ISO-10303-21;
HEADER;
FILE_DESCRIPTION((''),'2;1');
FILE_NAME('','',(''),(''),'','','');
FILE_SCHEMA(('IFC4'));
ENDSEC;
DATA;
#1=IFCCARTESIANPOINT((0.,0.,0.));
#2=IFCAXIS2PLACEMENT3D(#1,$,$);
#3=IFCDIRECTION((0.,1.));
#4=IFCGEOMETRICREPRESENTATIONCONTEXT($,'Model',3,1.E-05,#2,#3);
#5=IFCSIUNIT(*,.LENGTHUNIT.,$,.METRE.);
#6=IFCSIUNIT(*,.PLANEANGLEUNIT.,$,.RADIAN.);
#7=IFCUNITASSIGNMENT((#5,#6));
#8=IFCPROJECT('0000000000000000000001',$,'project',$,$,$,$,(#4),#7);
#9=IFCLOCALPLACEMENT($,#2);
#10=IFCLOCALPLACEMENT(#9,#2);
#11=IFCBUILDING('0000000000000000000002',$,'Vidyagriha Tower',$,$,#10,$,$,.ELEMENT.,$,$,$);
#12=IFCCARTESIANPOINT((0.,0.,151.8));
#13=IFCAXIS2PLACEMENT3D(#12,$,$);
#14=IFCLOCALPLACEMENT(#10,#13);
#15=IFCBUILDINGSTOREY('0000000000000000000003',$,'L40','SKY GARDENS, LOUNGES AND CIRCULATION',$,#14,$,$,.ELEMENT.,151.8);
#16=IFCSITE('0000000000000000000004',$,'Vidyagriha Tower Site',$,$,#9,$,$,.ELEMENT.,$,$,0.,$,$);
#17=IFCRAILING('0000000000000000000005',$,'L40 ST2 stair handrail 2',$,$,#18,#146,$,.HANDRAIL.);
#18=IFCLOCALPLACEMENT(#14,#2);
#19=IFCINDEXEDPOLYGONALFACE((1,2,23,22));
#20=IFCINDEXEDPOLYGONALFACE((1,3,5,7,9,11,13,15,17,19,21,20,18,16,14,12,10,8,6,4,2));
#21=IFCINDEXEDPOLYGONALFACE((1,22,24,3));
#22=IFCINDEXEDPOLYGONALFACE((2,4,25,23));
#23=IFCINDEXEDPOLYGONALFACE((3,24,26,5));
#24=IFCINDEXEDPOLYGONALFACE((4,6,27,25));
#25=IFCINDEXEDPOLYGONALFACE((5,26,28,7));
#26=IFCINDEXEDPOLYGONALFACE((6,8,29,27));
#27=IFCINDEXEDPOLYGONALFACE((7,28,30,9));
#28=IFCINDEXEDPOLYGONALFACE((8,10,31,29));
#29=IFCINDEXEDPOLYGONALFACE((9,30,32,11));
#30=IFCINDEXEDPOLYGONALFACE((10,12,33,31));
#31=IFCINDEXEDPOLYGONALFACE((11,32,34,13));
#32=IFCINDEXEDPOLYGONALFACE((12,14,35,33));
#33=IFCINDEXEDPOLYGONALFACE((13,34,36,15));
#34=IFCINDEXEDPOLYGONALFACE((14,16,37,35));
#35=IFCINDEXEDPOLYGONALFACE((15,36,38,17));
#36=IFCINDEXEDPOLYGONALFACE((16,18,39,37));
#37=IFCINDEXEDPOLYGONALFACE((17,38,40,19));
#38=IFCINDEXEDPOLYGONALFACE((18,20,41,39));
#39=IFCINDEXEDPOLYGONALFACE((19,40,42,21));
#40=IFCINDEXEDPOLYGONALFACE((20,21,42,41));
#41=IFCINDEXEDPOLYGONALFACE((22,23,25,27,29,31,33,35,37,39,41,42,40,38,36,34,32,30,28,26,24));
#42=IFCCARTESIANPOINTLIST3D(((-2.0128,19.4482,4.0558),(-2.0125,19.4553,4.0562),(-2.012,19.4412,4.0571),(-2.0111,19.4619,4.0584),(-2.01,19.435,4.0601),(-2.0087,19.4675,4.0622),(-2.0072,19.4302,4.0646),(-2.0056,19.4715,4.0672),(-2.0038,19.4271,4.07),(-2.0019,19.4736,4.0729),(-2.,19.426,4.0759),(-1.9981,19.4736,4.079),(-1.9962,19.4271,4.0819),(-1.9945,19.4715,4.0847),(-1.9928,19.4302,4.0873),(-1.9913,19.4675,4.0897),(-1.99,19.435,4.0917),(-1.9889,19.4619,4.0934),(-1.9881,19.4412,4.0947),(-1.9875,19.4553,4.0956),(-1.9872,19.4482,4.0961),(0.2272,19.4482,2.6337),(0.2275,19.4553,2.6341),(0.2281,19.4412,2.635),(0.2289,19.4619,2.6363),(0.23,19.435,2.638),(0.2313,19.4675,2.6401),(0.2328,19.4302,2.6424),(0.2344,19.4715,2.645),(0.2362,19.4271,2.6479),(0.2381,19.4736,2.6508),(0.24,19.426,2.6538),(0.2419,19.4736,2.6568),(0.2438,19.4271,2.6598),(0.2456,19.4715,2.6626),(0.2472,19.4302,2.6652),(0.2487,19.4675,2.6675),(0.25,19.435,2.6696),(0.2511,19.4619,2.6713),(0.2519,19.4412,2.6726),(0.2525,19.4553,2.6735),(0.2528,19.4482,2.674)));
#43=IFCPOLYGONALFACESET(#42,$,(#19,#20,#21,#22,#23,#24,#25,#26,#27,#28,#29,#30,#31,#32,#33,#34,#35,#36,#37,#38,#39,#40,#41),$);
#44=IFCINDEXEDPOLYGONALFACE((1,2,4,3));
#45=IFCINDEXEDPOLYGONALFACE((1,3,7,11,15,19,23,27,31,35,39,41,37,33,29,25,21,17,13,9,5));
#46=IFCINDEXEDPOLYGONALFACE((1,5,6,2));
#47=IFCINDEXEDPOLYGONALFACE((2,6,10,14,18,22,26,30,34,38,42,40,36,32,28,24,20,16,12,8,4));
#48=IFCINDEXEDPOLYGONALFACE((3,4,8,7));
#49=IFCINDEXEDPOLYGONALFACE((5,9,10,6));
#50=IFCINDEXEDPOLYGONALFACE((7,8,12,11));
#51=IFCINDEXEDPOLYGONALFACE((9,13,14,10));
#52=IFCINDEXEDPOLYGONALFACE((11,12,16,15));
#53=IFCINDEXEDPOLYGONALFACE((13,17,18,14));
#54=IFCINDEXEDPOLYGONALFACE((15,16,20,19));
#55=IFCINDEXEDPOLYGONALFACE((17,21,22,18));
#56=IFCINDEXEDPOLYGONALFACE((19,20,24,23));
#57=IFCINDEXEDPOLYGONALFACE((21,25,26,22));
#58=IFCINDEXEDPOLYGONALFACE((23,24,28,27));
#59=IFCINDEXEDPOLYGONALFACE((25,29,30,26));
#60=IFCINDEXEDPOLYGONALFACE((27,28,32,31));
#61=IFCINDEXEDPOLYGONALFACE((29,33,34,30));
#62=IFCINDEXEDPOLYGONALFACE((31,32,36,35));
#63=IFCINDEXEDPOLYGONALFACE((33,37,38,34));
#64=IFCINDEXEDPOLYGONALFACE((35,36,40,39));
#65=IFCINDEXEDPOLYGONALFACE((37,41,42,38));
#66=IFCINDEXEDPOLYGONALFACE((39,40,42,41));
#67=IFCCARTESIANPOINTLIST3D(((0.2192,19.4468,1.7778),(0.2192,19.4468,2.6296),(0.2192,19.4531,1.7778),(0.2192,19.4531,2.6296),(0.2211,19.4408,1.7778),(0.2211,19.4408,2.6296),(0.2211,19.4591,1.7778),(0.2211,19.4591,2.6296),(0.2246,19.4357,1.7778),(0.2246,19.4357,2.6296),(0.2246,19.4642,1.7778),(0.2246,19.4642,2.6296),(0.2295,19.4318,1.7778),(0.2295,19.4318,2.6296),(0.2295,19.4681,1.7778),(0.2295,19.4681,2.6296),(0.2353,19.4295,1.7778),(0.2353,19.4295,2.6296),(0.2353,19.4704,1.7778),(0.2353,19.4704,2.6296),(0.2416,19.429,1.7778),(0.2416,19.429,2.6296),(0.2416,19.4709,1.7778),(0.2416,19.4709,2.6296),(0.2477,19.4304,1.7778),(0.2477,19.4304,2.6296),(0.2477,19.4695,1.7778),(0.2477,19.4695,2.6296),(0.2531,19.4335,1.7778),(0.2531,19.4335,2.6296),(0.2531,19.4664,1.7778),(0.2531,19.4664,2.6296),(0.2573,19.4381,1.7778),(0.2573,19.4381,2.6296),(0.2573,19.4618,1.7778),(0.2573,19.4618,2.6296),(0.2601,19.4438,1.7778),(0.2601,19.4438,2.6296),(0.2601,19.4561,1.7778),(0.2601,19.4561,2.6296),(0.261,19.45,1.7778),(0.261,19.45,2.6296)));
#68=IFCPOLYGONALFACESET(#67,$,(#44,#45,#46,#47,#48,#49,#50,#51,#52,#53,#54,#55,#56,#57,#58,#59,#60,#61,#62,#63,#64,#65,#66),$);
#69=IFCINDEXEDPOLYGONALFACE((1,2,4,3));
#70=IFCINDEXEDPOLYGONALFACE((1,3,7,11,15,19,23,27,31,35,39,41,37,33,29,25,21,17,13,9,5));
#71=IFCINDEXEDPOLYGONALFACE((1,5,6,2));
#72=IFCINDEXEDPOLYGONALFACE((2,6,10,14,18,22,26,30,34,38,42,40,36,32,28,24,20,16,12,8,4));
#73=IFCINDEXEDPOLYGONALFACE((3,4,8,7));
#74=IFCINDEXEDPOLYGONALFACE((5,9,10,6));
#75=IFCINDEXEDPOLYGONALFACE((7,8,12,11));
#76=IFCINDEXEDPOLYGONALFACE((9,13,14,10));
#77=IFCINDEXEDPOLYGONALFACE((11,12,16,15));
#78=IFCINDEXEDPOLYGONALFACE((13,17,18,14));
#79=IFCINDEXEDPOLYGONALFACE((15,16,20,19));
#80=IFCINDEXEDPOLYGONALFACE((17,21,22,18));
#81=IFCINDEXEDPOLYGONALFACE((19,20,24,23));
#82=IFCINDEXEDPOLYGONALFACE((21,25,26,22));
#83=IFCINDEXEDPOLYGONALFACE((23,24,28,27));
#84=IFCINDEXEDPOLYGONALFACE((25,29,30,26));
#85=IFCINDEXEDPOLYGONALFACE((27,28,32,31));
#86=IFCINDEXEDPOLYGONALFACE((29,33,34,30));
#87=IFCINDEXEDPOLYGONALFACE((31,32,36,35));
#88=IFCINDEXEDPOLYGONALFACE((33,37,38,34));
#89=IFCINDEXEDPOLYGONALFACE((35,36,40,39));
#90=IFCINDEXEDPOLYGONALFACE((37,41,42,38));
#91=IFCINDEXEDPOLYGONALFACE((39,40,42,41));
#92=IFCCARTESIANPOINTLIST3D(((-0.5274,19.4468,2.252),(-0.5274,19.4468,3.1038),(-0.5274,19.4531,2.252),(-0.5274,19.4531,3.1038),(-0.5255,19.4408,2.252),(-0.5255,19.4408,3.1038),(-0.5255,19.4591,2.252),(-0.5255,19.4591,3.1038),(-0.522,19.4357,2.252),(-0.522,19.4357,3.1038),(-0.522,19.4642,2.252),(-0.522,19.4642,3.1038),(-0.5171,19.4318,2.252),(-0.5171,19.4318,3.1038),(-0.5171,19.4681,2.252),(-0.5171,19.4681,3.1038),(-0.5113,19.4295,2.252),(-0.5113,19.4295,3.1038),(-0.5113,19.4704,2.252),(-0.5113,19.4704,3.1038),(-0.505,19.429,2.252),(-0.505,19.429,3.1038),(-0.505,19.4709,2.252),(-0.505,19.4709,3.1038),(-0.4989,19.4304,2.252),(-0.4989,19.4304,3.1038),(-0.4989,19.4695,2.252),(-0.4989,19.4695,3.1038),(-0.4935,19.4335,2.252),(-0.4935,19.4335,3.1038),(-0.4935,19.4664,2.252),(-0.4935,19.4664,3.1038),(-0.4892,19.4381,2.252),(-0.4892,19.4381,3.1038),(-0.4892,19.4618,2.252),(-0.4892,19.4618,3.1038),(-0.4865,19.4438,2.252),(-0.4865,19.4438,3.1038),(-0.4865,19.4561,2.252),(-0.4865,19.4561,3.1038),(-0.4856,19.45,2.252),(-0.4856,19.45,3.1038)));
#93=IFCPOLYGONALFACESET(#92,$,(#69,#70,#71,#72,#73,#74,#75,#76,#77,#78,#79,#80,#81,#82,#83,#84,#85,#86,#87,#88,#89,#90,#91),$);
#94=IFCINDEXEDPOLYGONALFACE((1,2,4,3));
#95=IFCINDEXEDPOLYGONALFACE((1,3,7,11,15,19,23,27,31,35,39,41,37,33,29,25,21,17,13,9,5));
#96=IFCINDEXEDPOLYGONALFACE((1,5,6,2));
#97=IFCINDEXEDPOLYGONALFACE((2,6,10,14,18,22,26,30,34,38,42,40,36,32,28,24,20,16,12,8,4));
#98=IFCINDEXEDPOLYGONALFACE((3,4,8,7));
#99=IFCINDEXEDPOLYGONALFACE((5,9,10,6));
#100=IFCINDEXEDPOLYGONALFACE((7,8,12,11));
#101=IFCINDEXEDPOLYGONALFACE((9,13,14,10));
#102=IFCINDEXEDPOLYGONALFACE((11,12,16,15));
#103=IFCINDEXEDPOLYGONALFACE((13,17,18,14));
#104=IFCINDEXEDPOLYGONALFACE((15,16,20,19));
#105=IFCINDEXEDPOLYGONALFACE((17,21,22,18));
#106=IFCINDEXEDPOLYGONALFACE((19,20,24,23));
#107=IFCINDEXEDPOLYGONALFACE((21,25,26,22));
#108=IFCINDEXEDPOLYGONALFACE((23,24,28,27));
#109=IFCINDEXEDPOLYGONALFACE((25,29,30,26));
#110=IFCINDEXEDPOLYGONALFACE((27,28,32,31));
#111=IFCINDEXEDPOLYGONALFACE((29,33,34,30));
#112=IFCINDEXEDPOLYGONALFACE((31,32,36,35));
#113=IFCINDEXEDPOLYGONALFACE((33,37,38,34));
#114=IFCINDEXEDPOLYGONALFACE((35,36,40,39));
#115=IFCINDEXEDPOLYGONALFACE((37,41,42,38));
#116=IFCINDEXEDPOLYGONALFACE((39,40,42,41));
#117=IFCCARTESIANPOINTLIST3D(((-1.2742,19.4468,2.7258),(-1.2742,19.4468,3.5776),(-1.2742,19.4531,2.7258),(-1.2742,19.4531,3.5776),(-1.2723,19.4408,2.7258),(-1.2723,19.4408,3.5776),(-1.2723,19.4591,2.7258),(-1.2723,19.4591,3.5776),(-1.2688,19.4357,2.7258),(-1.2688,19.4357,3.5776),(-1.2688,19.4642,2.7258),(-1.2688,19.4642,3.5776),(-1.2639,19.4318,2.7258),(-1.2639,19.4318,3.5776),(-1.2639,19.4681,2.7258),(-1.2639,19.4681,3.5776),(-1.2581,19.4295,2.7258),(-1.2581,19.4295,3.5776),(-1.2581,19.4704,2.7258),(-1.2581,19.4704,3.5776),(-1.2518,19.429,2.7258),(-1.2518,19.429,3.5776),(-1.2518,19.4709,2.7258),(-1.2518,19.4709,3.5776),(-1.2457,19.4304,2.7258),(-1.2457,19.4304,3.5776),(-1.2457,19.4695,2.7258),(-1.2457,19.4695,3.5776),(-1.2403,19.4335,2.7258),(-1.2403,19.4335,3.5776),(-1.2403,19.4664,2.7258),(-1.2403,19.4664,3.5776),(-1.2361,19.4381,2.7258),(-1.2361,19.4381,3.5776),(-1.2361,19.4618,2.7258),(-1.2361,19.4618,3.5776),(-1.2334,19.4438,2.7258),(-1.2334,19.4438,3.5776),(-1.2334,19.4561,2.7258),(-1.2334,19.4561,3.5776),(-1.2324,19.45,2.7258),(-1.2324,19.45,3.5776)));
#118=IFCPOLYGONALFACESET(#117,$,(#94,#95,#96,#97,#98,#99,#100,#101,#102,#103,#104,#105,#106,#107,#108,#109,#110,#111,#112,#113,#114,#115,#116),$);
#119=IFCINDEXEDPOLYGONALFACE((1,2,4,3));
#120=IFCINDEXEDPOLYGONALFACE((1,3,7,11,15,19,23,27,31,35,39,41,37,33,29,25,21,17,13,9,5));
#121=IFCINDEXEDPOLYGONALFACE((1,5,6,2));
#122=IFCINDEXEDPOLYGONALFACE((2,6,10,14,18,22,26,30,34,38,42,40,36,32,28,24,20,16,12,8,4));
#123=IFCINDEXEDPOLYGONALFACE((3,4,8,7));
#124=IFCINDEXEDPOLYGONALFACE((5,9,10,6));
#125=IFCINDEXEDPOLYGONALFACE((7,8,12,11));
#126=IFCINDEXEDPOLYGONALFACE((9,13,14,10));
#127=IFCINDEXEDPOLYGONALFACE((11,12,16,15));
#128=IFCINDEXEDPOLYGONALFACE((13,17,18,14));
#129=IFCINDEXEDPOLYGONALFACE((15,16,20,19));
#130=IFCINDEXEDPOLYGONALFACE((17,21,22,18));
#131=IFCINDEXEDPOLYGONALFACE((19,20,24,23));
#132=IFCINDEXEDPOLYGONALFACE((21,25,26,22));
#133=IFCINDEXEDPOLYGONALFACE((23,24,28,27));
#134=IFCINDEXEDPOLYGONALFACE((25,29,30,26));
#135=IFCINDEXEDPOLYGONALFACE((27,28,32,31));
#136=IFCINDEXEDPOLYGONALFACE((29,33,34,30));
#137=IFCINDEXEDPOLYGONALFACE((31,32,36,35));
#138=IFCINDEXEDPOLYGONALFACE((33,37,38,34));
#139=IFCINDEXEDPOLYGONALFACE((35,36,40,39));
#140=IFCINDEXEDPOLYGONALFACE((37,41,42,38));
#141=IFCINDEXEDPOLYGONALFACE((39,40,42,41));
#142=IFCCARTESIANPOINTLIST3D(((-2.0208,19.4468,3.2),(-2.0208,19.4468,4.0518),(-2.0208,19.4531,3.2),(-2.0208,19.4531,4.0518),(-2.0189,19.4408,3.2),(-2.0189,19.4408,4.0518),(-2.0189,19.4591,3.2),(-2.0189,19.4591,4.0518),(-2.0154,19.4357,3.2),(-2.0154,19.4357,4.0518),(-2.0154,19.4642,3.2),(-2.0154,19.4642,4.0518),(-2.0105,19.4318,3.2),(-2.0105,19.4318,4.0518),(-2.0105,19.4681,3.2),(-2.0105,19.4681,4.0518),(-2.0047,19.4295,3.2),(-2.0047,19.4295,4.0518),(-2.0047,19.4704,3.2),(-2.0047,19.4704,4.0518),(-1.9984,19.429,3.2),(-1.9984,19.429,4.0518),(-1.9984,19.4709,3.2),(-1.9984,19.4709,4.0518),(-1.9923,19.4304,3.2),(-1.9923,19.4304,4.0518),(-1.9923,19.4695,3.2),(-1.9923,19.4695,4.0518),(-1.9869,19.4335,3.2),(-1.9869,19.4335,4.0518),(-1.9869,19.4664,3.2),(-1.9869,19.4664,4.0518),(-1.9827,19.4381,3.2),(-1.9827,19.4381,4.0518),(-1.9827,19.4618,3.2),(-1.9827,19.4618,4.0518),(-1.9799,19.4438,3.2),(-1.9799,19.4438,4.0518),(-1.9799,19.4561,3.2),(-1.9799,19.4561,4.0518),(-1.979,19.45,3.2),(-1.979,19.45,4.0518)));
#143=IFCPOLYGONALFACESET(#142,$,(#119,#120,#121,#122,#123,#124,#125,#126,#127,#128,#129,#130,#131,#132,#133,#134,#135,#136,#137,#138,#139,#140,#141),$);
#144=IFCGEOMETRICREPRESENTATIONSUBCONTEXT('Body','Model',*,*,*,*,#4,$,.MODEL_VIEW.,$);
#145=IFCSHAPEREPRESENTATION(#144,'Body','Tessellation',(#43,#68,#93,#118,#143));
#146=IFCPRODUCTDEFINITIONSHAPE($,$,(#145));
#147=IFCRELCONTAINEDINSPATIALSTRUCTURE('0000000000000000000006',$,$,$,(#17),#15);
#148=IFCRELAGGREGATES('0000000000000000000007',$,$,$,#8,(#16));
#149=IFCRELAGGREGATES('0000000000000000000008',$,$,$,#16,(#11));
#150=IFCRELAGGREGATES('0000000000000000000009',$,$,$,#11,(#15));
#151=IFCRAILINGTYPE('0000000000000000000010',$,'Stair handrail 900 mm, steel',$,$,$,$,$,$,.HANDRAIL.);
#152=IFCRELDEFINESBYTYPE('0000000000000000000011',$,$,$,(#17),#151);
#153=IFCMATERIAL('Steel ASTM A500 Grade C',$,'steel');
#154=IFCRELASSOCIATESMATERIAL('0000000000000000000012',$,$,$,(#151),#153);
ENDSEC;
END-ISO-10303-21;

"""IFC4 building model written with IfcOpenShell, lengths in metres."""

from ifc_helpers import new_model, si_unit, direction, frame, origin, origin_2d, place, context, subcontext, project, spatial, circle, extrude, material, type_object, element, save


model = new_model("IFC4")

# Units and contexts
model_context = context("Model", 3, precision=1e-05, world=origin(), true_north=direction((0.0, 1.0)))
body_context = subcontext(model_context, "Body", "Model", "MODEL_VIEW")
ifc_project = project(units=[si_unit("LENGTHUNIT", "METRE"), si_unit("PLANEANGLEUNIT", "RADIAN")], contexts=[model_context])

# Site, building, storey
site_placement = place(None, origin())
site = spatial("IfcSite", under=ifc_project, at=site_placement, Name="Vidyagriha Tower Site", CompositionType="ELEMENT", RefElevation=0.0)
building_placement = place(site_placement, origin())
building = spatial("IfcBuilding", under=site, at=building_placement, Name="Vidyagriha Tower", CompositionType="ELEMENT")
storey_placement = place(building_placement, frame((0.0, 0.0, 151.8)))
storey = spatial("IfcBuildingStorey", under=building, at=storey_placement, Name="L40", Description="SKY GARDENS, LOUNGES AND CIRCULATION", CompositionType="ELEMENT", Elevation=151.8)

# Railing
ifc_material_1 = material(Name="Steel ASTM A500 Grade C", Category="steel")
railing_type_1 = type_object("IfcRailingType", Name="Stair handrail 900 mm, steel", PredefinedType="HANDRAIL", material=ifc_material_1)
for number, where, name in (
    (1, (0.24, 19.45, 1.7778), "L40 ST2 stair handrail 2"),
):
    element("IfcRailing", number, at=place(storey_placement, frame(where)), inside=storey, type_object=railing_type_1, Name=name, PredefinedType="HANDRAIL", context=body_context, shape_type="SweptSolid", body=[
        extrude(circle(Radius=0.0239, at=origin_2d()), frame((0.0, 0.0, 0.876), z_axis=(-0.844229, 0.0, 0.535982), x_axis=(0.0, -1.0, 0.0)), (0.0, 0.0, 1.0), 2.6533),
        extrude(circle(Radius=0.021, at=origin_2d()), origin(), (0.0, 0.0, 1.0), 0.8518),
        extrude(circle(Radius=0.021, at=origin_2d()), frame((-0.7466, 0.0, 0.4741)), (0.0, 0.0, 1.0), 0.8518),
        extrude(circle(Radius=0.021, at=origin_2d()), frame((-1.4934, 0.0, 0.948)), (0.0, 0.0, 1.0), 0.8518),
        extrude(circle(Radius=0.021, at=origin_2d()), frame((-2.24, 0.0, 1.4221)), (0.0, 0.0, 1.0), 0.8518),
    ])

save(model, "model.ifc")
